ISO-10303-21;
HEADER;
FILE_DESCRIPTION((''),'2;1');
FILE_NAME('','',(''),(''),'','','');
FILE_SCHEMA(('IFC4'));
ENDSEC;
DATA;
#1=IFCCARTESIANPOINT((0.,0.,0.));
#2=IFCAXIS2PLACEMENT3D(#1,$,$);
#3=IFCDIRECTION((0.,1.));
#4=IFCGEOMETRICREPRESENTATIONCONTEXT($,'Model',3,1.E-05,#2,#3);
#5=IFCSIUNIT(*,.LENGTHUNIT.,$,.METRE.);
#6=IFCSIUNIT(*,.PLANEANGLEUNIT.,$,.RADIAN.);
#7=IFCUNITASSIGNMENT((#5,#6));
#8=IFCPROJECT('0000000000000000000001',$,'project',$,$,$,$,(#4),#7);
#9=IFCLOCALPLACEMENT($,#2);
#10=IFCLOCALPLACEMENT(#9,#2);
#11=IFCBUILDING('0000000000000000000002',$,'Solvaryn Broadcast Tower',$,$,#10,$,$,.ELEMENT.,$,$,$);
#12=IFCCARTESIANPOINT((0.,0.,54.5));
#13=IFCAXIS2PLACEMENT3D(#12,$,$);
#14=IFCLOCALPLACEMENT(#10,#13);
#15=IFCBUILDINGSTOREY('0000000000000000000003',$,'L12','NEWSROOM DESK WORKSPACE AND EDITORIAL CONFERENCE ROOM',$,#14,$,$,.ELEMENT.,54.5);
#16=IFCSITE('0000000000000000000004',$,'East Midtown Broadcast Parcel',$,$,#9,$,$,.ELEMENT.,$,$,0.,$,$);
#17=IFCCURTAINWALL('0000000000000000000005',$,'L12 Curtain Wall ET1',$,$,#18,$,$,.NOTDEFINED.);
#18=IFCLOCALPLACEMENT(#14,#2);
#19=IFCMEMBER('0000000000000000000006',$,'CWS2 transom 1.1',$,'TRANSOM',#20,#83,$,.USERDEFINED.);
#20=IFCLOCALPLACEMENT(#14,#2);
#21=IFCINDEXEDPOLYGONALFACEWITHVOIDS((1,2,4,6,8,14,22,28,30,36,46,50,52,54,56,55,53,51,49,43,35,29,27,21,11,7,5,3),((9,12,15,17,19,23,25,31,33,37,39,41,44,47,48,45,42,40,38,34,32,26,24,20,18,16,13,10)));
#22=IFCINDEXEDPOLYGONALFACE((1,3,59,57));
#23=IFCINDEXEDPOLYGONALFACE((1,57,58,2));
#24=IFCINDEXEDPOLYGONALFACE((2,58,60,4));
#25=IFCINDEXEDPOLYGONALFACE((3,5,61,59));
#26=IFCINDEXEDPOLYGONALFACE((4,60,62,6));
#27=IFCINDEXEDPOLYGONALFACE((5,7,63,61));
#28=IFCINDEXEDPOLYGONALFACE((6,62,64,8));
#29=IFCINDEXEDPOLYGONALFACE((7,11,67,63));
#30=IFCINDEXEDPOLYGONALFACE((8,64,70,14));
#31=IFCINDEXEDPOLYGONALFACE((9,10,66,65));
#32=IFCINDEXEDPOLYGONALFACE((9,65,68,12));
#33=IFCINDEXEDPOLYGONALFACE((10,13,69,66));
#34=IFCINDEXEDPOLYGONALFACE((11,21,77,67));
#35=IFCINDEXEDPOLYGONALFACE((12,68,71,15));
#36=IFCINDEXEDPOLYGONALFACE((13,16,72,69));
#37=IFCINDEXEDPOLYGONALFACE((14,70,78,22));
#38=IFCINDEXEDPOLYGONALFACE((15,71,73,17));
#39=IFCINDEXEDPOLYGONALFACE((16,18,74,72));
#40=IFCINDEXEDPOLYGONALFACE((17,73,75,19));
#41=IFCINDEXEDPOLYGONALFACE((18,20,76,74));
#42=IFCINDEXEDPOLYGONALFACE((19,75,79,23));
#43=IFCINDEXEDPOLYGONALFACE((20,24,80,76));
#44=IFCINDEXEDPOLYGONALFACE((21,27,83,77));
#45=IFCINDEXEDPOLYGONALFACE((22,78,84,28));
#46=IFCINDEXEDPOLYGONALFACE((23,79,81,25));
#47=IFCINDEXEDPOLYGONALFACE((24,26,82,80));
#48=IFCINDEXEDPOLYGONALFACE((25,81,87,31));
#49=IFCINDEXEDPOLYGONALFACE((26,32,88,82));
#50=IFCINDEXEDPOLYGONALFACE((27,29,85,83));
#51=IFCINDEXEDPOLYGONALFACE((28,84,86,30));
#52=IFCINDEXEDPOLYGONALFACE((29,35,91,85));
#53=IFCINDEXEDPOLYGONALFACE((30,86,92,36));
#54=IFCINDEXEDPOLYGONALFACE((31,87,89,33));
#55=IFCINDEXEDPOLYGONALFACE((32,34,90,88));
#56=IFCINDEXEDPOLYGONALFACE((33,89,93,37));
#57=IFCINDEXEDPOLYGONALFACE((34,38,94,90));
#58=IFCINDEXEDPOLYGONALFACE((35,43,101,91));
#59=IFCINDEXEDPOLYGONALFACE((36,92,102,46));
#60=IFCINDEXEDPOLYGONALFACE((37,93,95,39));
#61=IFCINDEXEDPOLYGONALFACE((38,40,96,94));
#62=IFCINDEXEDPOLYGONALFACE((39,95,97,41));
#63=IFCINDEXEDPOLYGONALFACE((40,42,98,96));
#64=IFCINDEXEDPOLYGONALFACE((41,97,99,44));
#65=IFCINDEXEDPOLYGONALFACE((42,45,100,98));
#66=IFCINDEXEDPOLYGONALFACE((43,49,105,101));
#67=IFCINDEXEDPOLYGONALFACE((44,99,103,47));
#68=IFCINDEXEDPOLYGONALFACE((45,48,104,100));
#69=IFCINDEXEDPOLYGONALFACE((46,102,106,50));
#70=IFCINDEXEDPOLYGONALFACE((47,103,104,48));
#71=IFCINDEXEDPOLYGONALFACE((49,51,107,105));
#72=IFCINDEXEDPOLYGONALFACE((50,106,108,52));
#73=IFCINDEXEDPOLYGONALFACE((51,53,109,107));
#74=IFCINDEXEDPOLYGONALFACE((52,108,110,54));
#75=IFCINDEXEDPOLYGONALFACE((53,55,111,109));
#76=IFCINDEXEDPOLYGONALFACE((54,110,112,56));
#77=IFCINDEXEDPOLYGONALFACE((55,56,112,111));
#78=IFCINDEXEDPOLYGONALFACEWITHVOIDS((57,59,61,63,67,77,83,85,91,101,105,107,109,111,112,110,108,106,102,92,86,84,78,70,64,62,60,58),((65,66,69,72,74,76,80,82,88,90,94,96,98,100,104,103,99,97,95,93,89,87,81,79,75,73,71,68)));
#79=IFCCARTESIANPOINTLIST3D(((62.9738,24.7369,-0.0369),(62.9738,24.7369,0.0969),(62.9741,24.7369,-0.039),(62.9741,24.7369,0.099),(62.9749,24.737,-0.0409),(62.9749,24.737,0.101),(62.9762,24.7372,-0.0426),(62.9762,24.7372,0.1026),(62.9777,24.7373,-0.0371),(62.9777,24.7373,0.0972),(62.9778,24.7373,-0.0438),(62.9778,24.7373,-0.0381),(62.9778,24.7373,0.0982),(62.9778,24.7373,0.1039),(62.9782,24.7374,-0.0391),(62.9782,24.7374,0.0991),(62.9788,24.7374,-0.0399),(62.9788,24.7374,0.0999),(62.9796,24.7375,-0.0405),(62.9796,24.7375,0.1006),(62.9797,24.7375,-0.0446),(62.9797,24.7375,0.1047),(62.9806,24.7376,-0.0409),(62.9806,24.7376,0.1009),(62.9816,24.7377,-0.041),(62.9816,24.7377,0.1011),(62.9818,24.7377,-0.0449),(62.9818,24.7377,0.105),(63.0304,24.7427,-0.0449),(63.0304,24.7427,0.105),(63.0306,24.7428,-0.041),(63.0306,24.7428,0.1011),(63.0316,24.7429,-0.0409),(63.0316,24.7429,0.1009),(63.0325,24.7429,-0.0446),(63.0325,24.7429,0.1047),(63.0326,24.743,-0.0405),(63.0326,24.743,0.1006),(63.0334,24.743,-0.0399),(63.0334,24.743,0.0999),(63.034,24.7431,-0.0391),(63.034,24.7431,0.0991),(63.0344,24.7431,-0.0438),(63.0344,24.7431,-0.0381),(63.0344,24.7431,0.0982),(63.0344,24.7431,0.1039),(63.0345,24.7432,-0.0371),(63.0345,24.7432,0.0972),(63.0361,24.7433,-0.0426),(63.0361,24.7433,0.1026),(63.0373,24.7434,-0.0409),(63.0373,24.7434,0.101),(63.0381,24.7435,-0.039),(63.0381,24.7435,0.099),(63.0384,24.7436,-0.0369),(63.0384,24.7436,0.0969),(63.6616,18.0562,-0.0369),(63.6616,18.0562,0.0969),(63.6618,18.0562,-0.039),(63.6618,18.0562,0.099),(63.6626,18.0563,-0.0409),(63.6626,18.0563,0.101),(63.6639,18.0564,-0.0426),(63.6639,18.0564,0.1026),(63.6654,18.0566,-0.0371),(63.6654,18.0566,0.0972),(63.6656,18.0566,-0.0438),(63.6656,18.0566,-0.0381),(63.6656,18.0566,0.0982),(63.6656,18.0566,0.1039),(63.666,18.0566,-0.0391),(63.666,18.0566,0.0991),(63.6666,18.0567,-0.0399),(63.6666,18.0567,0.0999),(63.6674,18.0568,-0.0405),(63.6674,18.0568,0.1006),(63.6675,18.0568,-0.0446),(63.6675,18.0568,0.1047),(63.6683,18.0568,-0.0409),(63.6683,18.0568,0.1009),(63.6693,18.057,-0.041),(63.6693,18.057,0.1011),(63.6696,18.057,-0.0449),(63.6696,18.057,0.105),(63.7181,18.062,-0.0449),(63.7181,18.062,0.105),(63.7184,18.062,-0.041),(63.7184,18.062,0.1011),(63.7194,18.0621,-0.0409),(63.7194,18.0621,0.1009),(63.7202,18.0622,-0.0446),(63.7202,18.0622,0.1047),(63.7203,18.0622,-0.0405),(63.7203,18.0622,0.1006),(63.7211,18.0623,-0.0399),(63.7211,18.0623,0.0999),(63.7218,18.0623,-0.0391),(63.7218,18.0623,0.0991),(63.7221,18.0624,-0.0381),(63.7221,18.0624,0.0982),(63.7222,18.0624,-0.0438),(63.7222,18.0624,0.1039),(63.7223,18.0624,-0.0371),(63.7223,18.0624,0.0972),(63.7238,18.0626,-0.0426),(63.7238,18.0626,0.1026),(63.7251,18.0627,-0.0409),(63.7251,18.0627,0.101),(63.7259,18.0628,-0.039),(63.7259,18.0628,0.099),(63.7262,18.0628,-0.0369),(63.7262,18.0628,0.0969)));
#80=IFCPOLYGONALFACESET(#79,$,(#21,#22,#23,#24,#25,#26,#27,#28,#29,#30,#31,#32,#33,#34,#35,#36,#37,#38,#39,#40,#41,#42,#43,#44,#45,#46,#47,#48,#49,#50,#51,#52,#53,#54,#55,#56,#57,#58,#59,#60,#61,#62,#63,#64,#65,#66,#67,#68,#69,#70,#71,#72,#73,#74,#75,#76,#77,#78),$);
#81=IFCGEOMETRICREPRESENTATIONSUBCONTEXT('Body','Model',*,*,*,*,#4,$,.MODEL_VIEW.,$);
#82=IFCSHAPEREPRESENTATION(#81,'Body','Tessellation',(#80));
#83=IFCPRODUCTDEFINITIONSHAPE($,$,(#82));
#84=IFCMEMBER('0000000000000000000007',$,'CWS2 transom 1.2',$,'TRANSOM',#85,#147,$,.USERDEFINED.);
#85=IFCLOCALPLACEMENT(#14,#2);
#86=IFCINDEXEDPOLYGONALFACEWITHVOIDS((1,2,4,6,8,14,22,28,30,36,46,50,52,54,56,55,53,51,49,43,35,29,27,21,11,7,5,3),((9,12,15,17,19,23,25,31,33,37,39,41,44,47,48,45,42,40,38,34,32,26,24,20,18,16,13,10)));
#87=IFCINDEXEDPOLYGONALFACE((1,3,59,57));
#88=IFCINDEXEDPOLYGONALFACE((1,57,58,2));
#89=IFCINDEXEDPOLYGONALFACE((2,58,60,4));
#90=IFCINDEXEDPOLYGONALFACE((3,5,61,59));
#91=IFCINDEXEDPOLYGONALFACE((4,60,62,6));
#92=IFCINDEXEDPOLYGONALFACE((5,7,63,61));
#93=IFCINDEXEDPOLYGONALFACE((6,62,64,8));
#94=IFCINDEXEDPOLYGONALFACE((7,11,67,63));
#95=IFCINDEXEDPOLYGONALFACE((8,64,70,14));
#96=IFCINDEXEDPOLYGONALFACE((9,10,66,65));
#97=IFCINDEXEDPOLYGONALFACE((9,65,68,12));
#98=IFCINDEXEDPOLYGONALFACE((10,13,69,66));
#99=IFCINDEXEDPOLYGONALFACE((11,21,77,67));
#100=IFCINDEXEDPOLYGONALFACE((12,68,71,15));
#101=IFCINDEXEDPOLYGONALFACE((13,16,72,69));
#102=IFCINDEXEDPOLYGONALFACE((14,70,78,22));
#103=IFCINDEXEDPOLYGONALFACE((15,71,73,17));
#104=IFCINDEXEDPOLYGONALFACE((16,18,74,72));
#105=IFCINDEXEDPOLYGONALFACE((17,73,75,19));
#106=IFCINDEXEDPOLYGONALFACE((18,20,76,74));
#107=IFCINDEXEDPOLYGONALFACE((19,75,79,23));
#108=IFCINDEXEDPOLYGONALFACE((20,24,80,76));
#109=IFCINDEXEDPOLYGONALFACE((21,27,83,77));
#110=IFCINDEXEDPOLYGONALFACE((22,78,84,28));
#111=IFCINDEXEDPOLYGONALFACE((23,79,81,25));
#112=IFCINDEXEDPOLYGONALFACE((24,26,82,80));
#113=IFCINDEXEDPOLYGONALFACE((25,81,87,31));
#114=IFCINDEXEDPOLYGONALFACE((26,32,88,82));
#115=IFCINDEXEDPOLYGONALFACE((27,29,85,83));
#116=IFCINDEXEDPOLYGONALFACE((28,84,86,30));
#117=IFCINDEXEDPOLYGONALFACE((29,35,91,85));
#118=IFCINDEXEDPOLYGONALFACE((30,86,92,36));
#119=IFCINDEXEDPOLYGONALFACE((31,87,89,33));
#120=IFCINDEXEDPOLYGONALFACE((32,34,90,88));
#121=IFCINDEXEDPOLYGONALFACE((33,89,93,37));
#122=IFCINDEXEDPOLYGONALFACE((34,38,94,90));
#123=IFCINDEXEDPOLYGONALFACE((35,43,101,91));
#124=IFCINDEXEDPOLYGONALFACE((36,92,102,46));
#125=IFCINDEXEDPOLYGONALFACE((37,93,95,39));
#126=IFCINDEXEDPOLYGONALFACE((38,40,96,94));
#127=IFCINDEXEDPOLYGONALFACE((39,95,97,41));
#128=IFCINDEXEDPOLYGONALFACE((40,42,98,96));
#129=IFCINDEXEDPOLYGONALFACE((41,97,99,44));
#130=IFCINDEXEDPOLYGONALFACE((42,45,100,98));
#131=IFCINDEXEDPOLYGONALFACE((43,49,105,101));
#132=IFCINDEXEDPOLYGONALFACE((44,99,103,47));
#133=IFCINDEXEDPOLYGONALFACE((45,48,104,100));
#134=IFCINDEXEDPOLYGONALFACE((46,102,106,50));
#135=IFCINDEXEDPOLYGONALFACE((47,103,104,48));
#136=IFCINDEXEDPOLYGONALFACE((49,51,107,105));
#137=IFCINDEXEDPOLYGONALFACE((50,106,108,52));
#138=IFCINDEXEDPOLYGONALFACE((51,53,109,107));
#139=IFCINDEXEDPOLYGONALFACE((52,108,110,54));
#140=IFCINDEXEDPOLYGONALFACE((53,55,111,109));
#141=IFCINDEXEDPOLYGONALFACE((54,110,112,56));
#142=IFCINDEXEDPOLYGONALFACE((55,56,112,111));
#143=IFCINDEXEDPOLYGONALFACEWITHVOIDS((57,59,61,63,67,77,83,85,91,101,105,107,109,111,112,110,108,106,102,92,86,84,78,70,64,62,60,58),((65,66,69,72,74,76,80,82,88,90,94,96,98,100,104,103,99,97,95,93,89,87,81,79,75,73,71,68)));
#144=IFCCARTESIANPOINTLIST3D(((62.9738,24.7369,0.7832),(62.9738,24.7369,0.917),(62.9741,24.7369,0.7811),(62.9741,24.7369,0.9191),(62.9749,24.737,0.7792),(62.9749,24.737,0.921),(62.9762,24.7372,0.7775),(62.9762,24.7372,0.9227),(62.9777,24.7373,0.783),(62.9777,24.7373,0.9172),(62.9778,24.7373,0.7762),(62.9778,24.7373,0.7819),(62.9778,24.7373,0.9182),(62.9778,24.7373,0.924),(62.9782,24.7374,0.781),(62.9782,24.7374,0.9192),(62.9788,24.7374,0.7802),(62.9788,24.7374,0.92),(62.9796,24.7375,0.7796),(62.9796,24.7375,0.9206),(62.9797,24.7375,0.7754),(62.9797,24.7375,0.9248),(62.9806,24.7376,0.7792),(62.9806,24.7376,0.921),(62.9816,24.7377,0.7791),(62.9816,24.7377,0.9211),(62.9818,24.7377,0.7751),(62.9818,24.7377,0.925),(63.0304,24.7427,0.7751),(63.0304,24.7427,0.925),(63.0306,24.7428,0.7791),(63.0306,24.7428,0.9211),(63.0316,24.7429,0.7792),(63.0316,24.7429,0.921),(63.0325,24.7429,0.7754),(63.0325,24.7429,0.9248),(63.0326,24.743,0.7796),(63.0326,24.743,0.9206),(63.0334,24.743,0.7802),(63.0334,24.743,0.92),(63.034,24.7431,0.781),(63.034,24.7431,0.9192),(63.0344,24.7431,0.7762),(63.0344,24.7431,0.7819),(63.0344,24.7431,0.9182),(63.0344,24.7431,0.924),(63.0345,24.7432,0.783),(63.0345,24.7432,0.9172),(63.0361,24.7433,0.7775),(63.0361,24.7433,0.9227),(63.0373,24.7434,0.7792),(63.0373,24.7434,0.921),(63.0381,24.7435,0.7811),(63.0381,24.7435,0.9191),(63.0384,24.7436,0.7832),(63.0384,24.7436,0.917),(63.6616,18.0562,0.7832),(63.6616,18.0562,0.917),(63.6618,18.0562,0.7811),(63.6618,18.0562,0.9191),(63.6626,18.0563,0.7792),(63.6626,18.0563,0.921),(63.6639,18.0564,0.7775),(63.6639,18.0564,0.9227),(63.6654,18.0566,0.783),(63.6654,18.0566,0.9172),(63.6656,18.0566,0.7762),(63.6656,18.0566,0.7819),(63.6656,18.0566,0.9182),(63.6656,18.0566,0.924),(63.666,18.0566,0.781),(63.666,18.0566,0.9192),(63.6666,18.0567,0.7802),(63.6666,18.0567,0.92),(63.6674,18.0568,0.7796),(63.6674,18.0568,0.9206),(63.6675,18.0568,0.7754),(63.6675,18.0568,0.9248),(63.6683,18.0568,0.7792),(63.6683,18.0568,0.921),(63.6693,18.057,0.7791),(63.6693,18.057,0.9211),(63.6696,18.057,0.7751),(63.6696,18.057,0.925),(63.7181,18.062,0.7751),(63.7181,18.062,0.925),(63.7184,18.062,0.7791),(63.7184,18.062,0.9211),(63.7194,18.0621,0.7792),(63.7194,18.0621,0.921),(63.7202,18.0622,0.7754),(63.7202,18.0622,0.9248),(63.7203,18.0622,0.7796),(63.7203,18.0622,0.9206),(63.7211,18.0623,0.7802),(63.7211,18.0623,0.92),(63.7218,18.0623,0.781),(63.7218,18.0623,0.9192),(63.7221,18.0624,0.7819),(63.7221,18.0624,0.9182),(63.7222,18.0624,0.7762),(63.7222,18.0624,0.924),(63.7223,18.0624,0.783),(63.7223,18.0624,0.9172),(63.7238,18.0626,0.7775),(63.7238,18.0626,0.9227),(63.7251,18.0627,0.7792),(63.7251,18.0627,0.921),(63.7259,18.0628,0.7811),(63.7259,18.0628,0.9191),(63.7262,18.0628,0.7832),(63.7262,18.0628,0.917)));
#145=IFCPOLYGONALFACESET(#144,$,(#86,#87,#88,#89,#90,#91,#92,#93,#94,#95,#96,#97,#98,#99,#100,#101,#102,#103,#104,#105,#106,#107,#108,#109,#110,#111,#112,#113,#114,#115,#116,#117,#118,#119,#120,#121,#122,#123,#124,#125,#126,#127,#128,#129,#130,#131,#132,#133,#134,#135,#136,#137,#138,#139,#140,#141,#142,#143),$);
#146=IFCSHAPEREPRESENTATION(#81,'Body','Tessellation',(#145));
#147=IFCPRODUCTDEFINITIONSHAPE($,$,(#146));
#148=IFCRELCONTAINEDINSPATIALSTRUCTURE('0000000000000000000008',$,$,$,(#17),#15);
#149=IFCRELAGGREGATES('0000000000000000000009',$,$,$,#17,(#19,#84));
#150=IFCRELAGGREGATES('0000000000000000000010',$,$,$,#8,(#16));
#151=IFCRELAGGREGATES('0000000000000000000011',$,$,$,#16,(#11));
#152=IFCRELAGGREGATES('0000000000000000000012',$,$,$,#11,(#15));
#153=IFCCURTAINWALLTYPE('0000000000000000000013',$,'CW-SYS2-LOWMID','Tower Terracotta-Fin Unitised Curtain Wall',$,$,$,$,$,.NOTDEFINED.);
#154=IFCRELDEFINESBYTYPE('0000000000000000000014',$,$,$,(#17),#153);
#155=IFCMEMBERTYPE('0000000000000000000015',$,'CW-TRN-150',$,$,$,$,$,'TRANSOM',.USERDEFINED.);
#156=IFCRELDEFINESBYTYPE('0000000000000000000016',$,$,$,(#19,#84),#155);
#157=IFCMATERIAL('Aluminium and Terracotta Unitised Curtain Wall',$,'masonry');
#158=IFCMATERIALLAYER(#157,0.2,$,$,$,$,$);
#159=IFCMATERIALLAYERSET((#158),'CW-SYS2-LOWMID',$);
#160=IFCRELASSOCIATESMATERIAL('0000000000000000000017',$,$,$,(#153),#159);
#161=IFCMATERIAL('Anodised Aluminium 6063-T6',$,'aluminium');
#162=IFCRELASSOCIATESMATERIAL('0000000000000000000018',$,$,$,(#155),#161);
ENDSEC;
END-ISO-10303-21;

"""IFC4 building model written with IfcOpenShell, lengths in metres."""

from ifc_helpers import new_model, si_unit, direction, frame, origin, origin_2d, place, context, subcontext, project, spatial, hollow_rectangle, extrude, material, layer, layer_set, material_profile, profile_set, type_object, element, aggregate, save


model = new_model("IFC4")

# Units and contexts
model_context = context("Model", 3, precision=1e-05, world=origin(), true_north=direction((0.0, 1.0)))
body_context = subcontext(model_context, "Body", "Model", "MODEL_VIEW")
ifc_project = project(units=[si_unit("LENGTHUNIT", "METRE"), si_unit("PLANEANGLEUNIT", "RADIAN")], contexts=[model_context])

# Site, building, storey
site_placement = place(None, origin())
site = spatial("IfcSite", under=ifc_project, at=site_placement, Name="East Midtown Broadcast Parcel", CompositionType="ELEMENT", RefElevation=0.0)
building_placement = place(site_placement, origin())
building = spatial("IfcBuilding", under=site, at=building_placement, Name="Solvaryn Broadcast Tower", CompositionType="ELEMENT")
storey_placement = place(building_placement, frame((0.0, 0.0, 54.5)))
storey = spatial("IfcBuildingStorey", under=building, at=storey_placement, Name="L12", Description="NEWSROOM DESK WORKSPACE AND EDITORIAL CONFERENCE ROOM", CompositionType="ELEMENT", Elevation=54.5)

# Curtain wall
ifc_material_1 = material(Name="Aluminium and Terracotta Unitised Curtain Wall", Category="masonry")
ifc_layer_1 = layer(ifc_material_1, 0.2)
ifc_layer_set_1 = layer_set([ifc_layer_1], Name="CW-SYS2-LOWMID")
curtain_wall_type = type_object("IfcCurtainWallType", Name="CW-SYS2-LOWMID", Description="Tower Terracotta-Fin Unitised Curtain Wall", PredefinedType="NOTDEFINED", material=ifc_layer_set_1)
curtain_wall_1_placement = place(storey_placement, origin())
curtain_wall_1 = element("IfcCurtainWall", 1, at=curtain_wall_1_placement, inside=storey, type_object=curtain_wall_type, Name="L12 Curtain Wall ET1", PredefinedType="NOTDEFINED")

# Members
ifc_material_2 = material(Name="Anodised Aluminium 6063-T6", Category="aluminium")
ifc_material_profile_1 = material_profile(ifc_material_2, hollow_rectangle(XDim=0.0649, YDim=0.1499, WallThickness=0.0039, InnerFilletRadius=0.0039, OuterFilletRadius=0.0081, at=origin_2d()))
ifc_profile_set_1 = profile_set([ifc_material_profile_1], Name="Anodised Aluminium 6063-T6")
member_type_1 = type_object("IfcMemberType", Name="CW-TRN-150", ElementType="TRANSOM", PredefinedType="USERDEFINED", material=ifc_profile_set_1)
member_1_placement = place(storey_placement, frame((63.0061, 24.7402, 0.03), z_axis=(0.102404, -0.994743, 0.0), x_axis=(0.994743, 0.102404, 0.0)))
member_1 = element("IfcMember", 2, at=member_1_placement, type_object=member_type_1, Name="CWS2 transom 1.1", ObjectType="TRANSOM", PredefinedType="USERDEFINED", context=body_context, shape_type="SweptSolid", body=[
    extrude(hollow_rectangle(XDim=0.0649, YDim=0.1499, WallThickness=0.0039, InnerFilletRadius=0.0039, OuterFilletRadius=0.0081, at=origin_2d()), origin(), (0.0, 0.0, 1.0), 6.7161),
])
member_2_placement = place(storey_placement, frame((63.0061, 24.7402, 0.8501), z_axis=(0.102404, -0.994743, 0.0), x_axis=(0.994743, 0.102404, 0.0)))
member_2 = element("IfcMember", 3, at=member_2_placement, type_object=member_type_1, Name="CWS2 transom 1.2", ObjectType="TRANSOM", PredefinedType="USERDEFINED", context=body_context, shape_type="SweptSolid", body=[
    extrude(hollow_rectangle(XDim=0.0649, YDim=0.1499, WallThickness=0.0039, InnerFilletRadius=0.0039, OuterFilletRadius=0.0081, at=origin_2d()), origin(), (0.0, 0.0, 1.0), 6.7161),
])

aggregate(curtain_wall_1, [member_1, member_2])

save(model, "model.ifc")
